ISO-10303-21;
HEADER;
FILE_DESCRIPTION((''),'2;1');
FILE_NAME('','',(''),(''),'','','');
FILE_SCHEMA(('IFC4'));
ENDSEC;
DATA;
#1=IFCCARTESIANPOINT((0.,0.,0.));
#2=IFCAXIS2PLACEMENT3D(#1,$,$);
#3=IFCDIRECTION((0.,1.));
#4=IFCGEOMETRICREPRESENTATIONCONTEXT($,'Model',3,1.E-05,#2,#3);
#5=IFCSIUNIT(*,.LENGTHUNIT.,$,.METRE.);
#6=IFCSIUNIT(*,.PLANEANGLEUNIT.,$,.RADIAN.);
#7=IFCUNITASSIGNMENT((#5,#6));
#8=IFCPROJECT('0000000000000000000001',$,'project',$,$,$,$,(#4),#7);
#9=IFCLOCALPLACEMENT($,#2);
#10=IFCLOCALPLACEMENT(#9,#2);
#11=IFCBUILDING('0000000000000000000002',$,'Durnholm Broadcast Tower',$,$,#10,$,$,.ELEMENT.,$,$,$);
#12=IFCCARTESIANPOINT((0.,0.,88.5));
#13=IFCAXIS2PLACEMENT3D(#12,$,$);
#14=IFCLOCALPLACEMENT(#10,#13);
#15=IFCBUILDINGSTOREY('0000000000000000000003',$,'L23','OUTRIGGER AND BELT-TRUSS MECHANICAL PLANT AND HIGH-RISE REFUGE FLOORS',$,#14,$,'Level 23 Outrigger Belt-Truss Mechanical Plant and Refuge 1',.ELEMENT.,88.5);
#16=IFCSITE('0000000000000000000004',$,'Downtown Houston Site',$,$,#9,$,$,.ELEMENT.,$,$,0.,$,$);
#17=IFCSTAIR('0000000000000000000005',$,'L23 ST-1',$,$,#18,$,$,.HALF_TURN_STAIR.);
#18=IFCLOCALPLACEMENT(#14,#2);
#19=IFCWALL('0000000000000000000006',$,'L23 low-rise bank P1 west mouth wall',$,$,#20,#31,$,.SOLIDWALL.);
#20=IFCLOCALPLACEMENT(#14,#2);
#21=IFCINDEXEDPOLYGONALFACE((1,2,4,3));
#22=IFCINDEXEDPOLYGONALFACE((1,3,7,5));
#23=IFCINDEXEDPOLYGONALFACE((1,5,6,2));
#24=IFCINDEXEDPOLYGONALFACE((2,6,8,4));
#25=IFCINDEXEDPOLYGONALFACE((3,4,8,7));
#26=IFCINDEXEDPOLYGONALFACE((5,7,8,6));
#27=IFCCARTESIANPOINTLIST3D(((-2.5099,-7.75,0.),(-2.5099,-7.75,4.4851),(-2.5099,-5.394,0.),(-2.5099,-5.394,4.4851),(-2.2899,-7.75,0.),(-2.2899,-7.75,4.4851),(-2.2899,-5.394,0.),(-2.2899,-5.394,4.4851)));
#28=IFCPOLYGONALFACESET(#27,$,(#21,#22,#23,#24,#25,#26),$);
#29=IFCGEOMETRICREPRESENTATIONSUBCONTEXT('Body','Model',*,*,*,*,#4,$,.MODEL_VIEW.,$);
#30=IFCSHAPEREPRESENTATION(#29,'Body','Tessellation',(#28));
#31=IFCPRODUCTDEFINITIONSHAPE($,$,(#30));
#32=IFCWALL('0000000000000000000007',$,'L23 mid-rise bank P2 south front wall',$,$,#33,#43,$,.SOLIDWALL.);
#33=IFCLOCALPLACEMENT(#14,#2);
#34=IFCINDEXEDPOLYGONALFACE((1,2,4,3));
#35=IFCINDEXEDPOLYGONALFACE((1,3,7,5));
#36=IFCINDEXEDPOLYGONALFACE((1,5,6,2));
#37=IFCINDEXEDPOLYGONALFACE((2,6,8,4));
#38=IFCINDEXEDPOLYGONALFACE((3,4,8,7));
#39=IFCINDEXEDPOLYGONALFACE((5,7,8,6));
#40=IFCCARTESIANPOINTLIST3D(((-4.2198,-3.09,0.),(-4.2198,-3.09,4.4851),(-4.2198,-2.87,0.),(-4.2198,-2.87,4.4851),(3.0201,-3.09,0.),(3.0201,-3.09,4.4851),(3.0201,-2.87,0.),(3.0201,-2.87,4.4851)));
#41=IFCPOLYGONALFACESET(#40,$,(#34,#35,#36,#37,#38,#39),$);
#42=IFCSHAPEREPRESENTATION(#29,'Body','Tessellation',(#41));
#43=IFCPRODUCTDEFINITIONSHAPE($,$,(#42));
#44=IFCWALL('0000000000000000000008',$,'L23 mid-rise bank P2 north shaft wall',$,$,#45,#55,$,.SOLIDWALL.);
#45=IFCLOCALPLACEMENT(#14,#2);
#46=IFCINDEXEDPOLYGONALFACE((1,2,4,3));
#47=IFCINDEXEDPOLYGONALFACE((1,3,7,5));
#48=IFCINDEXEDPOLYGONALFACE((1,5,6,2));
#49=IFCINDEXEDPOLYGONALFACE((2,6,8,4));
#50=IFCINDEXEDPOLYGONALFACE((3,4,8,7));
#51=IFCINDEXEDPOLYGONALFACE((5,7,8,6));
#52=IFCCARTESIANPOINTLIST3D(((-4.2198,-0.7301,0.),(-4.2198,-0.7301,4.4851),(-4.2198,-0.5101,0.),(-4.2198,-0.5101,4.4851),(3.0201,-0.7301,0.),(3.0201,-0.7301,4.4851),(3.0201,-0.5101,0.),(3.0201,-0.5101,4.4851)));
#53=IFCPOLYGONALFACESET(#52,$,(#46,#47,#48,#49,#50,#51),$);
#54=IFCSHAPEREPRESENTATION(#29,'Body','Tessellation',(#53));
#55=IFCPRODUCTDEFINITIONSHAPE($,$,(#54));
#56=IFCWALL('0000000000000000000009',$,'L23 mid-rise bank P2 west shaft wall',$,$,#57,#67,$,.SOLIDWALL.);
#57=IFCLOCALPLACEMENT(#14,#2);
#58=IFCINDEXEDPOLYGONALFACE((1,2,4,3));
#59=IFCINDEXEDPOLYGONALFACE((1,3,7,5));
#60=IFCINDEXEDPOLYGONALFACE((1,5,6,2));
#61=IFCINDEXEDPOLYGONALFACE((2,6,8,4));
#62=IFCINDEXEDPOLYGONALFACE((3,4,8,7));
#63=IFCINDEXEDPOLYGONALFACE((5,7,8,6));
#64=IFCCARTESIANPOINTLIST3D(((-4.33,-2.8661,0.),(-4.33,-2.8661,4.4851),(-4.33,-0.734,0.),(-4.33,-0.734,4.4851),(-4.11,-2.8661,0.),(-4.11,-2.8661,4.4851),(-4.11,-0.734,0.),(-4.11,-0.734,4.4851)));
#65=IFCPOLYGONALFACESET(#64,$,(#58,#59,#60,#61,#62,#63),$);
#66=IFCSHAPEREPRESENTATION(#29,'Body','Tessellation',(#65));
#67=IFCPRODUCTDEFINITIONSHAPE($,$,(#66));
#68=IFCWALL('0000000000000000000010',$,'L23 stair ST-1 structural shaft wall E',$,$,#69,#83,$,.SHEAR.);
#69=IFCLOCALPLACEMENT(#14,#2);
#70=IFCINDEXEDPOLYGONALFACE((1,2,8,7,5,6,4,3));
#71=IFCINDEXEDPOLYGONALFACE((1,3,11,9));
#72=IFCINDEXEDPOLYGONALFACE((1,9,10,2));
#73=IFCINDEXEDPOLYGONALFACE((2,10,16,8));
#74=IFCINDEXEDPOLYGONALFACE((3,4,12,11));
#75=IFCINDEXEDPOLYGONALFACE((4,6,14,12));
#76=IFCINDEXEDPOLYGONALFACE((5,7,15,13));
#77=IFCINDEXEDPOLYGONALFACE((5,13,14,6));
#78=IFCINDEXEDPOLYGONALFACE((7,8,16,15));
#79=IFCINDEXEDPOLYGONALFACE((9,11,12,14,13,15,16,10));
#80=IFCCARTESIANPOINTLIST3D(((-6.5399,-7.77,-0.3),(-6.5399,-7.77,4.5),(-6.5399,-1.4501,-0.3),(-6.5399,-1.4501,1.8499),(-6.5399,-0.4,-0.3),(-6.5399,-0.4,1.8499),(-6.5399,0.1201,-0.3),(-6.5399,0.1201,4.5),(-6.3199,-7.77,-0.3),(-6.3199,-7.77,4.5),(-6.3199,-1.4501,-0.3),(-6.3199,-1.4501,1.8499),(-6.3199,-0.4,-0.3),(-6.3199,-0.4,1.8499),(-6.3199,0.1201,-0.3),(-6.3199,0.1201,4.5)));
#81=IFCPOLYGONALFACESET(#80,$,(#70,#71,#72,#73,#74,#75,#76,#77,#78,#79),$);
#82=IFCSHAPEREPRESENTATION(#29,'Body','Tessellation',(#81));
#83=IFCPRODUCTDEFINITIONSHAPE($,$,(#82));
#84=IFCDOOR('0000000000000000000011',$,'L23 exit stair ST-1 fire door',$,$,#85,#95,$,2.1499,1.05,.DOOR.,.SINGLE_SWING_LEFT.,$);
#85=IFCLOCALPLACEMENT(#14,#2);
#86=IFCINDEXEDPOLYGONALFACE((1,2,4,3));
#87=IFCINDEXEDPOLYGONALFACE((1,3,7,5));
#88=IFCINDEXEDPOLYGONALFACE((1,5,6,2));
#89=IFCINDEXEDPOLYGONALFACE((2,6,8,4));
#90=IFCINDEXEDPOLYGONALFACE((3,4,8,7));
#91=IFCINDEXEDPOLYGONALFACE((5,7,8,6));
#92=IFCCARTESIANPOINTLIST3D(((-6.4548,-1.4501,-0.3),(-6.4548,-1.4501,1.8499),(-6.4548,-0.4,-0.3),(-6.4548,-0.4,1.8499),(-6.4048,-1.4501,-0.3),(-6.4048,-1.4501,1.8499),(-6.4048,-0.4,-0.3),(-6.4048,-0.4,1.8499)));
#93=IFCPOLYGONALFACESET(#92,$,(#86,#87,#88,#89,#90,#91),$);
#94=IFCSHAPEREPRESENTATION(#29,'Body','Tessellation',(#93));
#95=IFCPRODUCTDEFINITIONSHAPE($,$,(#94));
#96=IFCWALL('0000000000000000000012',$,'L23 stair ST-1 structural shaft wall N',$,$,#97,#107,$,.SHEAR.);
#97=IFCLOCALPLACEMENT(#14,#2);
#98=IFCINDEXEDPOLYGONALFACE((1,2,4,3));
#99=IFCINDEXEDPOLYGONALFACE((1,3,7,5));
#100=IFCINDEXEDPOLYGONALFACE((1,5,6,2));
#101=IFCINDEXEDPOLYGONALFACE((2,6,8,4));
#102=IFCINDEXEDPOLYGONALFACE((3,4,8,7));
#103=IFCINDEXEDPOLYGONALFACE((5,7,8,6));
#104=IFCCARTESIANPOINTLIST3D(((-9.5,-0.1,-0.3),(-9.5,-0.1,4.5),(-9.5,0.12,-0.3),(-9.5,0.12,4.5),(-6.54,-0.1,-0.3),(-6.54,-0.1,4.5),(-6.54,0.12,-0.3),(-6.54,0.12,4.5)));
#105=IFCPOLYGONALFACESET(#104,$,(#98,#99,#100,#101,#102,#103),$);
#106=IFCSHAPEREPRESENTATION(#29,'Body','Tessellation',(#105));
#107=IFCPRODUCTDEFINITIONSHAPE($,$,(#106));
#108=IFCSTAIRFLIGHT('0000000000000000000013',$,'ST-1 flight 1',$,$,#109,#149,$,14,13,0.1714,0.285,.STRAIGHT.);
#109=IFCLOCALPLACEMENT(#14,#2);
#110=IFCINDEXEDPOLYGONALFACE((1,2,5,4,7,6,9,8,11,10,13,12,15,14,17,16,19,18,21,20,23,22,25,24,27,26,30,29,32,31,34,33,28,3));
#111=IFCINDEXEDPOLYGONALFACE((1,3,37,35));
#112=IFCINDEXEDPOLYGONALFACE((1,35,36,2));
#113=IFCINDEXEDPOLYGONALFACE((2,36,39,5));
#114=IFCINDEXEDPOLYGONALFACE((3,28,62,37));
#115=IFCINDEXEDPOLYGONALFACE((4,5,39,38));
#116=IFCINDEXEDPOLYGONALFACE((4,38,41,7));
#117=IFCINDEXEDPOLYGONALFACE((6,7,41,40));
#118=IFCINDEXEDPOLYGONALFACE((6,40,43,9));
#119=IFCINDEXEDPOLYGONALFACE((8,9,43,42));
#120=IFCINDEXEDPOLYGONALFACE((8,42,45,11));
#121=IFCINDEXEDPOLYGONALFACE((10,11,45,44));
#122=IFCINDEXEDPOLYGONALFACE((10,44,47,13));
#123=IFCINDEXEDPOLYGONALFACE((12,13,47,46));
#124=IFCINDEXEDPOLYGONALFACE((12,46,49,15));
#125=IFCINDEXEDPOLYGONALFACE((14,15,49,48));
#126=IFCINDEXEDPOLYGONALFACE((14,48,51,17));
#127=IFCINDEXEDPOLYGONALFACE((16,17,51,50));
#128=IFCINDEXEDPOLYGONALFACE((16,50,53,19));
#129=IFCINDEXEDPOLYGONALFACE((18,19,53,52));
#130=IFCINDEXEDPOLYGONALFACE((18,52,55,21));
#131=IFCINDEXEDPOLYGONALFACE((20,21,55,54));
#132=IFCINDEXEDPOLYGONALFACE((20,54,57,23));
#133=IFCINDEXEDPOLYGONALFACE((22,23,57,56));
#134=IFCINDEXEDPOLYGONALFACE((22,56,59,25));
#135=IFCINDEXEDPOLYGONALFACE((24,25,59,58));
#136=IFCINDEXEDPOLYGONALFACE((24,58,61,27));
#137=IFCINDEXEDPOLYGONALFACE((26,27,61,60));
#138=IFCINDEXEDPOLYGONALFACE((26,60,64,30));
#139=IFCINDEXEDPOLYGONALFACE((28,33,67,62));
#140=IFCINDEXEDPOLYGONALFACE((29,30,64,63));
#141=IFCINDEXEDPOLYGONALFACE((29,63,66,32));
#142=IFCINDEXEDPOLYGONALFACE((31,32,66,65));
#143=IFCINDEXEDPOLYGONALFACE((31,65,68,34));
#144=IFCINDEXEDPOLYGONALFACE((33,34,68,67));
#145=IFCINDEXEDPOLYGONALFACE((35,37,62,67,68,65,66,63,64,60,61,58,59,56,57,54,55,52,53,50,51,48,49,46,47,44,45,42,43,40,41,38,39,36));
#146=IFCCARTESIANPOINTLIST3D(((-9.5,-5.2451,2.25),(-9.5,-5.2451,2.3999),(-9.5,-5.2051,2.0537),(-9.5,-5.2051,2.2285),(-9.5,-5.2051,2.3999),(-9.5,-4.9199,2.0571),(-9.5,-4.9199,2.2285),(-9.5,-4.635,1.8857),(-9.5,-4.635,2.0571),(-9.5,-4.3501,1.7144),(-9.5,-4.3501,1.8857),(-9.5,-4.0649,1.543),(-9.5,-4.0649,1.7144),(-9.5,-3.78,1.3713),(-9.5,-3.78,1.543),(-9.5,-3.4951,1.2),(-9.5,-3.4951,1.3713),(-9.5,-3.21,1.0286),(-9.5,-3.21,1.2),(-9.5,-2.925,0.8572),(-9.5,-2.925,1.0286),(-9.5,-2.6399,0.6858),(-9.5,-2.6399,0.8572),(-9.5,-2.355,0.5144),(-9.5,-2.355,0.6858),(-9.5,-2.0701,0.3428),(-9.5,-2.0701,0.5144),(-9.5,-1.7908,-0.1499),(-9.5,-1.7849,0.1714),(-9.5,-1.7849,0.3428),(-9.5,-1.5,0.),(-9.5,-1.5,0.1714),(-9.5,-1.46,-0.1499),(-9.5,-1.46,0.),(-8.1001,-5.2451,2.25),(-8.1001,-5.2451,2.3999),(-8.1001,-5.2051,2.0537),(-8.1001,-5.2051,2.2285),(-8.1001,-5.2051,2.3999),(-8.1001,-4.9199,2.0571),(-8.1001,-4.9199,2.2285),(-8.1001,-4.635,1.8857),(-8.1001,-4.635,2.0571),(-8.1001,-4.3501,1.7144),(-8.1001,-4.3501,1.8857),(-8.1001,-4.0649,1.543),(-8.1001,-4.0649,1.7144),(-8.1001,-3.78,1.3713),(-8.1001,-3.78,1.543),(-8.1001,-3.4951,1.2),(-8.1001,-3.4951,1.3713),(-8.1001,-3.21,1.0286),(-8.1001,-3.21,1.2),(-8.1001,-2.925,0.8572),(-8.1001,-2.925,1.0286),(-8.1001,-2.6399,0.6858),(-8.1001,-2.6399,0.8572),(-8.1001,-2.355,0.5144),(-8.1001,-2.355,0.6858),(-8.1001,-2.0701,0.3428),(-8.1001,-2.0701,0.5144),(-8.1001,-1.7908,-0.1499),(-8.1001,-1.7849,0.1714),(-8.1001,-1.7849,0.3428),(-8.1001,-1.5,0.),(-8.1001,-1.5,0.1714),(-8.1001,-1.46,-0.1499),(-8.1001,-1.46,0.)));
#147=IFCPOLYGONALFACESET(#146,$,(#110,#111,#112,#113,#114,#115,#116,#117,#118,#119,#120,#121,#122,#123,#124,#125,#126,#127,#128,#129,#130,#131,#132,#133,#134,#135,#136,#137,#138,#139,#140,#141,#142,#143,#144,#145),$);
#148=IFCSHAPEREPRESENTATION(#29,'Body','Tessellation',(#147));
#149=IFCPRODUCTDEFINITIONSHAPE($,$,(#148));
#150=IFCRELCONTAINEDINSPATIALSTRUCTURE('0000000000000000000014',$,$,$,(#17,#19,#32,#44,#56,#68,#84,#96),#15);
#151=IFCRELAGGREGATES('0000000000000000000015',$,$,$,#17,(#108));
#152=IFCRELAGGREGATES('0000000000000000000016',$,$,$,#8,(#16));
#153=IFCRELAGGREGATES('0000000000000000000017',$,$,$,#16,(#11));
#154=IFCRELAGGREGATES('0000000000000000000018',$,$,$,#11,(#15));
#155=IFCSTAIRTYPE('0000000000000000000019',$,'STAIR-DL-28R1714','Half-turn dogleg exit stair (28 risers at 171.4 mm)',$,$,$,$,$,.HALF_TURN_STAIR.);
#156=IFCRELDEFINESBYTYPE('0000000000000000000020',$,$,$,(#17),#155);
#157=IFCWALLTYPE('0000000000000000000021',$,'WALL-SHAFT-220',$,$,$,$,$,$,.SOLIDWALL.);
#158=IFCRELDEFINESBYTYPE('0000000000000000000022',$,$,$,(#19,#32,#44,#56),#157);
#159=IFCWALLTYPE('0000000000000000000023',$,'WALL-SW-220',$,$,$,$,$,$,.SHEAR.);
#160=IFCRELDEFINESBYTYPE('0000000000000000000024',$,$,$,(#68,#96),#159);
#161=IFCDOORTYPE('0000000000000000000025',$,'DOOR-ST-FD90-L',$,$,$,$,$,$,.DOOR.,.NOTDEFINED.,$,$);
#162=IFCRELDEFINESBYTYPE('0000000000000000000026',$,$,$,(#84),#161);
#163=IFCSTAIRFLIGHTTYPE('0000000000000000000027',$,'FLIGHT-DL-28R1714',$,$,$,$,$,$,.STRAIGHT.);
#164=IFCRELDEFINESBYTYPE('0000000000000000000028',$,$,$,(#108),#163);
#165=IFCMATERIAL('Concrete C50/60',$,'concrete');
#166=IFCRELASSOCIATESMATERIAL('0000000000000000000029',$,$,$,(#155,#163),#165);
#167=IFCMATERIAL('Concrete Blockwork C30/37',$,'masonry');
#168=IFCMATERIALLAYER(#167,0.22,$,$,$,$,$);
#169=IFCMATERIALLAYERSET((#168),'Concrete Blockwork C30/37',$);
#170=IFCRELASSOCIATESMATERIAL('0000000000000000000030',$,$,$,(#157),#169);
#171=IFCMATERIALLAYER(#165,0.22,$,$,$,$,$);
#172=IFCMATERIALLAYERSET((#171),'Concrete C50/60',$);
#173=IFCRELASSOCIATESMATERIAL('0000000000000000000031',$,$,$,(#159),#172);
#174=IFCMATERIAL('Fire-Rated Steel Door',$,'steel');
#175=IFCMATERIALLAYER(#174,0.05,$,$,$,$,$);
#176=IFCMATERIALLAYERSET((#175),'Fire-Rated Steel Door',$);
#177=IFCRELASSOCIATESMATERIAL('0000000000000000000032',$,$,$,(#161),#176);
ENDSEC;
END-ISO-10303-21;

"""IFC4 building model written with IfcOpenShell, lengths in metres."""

from ifc_helpers import new_model, si_unit, direction, frame, frame_2d, origin, place, context, subcontext, project, spatial, polyline, rectangle, outline, extrude, source, transform, mapped, material, layer, layer_set, type_object, type_shapes, element, fill, aggregate, save


model = new_model("IFC4")

# Units and contexts
model_context = context("Model", 3, precision=1e-05, world=origin(), true_north=direction((0.0, 1.0)))
body_context = subcontext(model_context, "Body", "Model", "MODEL_VIEW")
ifc_project = project(units=[si_unit("LENGTHUNIT", "METRE"), si_unit("PLANEANGLEUNIT", "RADIAN")], contexts=[model_context])

# Site, building, storey
site_placement = place(None, origin())
site = spatial("IfcSite", under=ifc_project, at=site_placement, Name="Downtown Houston Site", CompositionType="ELEMENT", RefElevation=0.0)
building_placement = place(site_placement, origin())
building = spatial("IfcBuilding", under=site, at=building_placement, Name="Durnholm Broadcast Tower", CompositionType="ELEMENT")
storey_placement = place(building_placement, frame((0.0, 0.0, 88.5)))
storey = spatial("IfcBuildingStorey", under=building, at=storey_placement, Name="L23", Description="OUTRIGGER AND BELT-TRUSS MECHANICAL PLANT AND HIGH-RISE REFUGE FLOORS", LongName="Level 23 Outrigger Belt-Truss Mechanical Plant and Refuge 1", CompositionType="ELEMENT", Elevation=88.5)

# Shared definitions
ifc_material_1 = material(Name="Concrete C50/60", Category="concrete")

# Stair
stair_type = type_object("IfcStairType", Name="STAIR-DL-28R1714", Description="Half-turn dogleg exit stair (28 risers at 171.4 mm)", PredefinedType="HALF_TURN_STAIR", material=ifc_material_1)
stair_1_placement = place(storey_placement, origin())
stair_1 = element("IfcStair", 1, at=stair_1_placement, inside=storey, type_object=stair_type, Name="L23 ST-1", PredefinedType="HALF_TURN_STAIR")

# Walls
ifc_material_2 = material(Name="Concrete Blockwork C30/37", Category="masonry")
ifc_layer_1 = layer(ifc_material_2, 0.22)
ifc_layer_set_1 = layer_set([ifc_layer_1], Name="Concrete Blockwork C30/37")
wall_type_1 = type_object("IfcWallType", Name="WALL-SHAFT-220", PredefinedType="SOLIDWALL", material=ifc_layer_set_1)
wall_1_placement = place(storey_placement, frame((-2.3999, -7.75, 0.0), z_axis=(0.0, 0.0, 1.0), x_axis=(0.0, 1.0, 0.0)))
element("IfcWall", 2, at=wall_1_placement, inside=storey, type_object=wall_type_1, Name="L23 low-rise bank P1 west mouth wall", PredefinedType="SOLIDWALL", context=body_context, shape_type="SweptSolid", body=[
    extrude(rectangle(XDim=2.356, YDim=0.22, at=frame_2d((1.178, 0.0))), origin(), (0.0, 0.0, 1.0), 4.4851),
])
for number, where, z_axis, x_axis, name in (
    (3, (-4.22, -2.98, 0.0), (0.0, 0.0, 1.0), (1.0, 0.0, 0.0), "L23 mid-rise bank P2 south front wall"),
    (4, (-4.22, -0.6201, 0.0), (0.0, 0.0, 1.0), (1.0, 0.0, 0.0), "L23 mid-rise bank P2 north shaft wall"),
):
    element("IfcWall", number, at=place(storey_placement, frame(where, z_axis=z_axis, x_axis=x_axis)), inside=storey, type_object=wall_type_1, Name=name, PredefinedType="SOLIDWALL", context=body_context, shape_type="SweptSolid", body=[
        extrude(rectangle(XDim=7.24, YDim=0.22, at=frame_2d((3.6201, 0.0))), origin(), (0.0, 0.0, 1.0), 4.4851),
    ])
wall_2_placement = place(storey_placement, frame((-4.22, -2.866, 0.0), z_axis=(0.0, 0.0, 1.0), x_axis=(0.0, 1.0, 0.0)))
element("IfcWall", 5, at=wall_2_placement, inside=storey, type_object=wall_type_1, Name="L23 mid-rise bank P2 west shaft wall", PredefinedType="SOLIDWALL", context=body_context, shape_type="SweptSolid", body=[
    extrude(rectangle(XDim=2.1321, YDim=0.22, at=frame_2d((1.0659, 0.0))), origin(), (0.0, 0.0, 1.0), 4.4851),
])

# Wall, opening, door
ifc_layer_2 = layer(ifc_material_1, 0.22)
ifc_layer_set_2 = layer_set([ifc_layer_2], Name="Concrete C50/60")
wall_type_2 = type_object("IfcWallType", Name="WALL-SW-220", PredefinedType="SHEAR", material=ifc_layer_set_2)
wall_3_placement = place(storey_placement, frame((-6.4299, -7.77, -0.3), z_axis=(0.0, 0.0, 1.0), x_axis=(0.0, 1.0, 0.0)))
wall_3 = element("IfcWall", 6, at=wall_3_placement, inside=storey, type_object=wall_type_2, Name="L23 stair ST-1 structural shaft wall E", PredefinedType="SHEAR", context=body_context, shape_type="SweptSolid", body=[
    extrude(rectangle(XDim=7.8901, YDim=0.22, at=frame_2d((3.9451, 0.0))), origin(), (0.0, 0.0, 1.0), 4.8),
])
opening_1_placement = place(wall_3_placement, frame((6.3201, 0.0, 0.0)))
opening_1 = element("IfcOpeningElement", 7, at=opening_1_placement, cuts=wall_3, PredefinedType="OPENING", context=body_context, shape_type="SweptSolid", body=[
    extrude(rectangle(XDim=1.05, YDim=2.1499, at=frame_2d((0.5249, 1.075))), frame((0.0, 0.1201, 0.0), z_axis=(0.0, -1.0, 0.0), x_axis=(1.0, 0.0, 0.0)), (0.0, 0.0, 1.0), 0.24),
])
ifc_material_3 = material(Name="Fire-Rated Steel Door", Category="steel")
ifc_layer_3 = layer(ifc_material_3, 0.05)
ifc_layer_set_3 = layer_set([ifc_layer_3], Name="Fire-Rated Steel Door")
door_type_1 = type_object("IfcDoorType", Name="DOOR-ST-FD90-L", OperationType="NOTDEFINED", PredefinedType="DOOR", material=ifc_layer_set_3)
shared_shape_1 = source(origin(), body_context, "Body", "SweptSolid", [
    extrude(rectangle(XDim=1.05, YDim=2.1499, at=frame_2d((0.5249, 1.075))), frame((0.0, 0.0249, 0.0), z_axis=(0.0, -1.0, 0.0), x_axis=(1.0, 0.0, 0.0)), (0.0, 0.0, 1.0), 0.05),
])
type_shapes(door_type_1, [shared_shape_1])
door_1_placement = place(opening_1_placement, origin())
door_1 = element("IfcDoor", 8, at=door_1_placement, inside=storey, type_object=door_type_1, Name="L23 exit stair ST-1 fire door", OperationType="SINGLE_SWING_LEFT", OverallHeight=2.1499, OverallWidth=1.05, PredefinedType="DOOR", context=body_context, shape_type="MappedRepresentation", body=[
    mapped(shared_shape_1, transform((0.0, 0.0, 0.0), x_axis=(1.0, 0.0, 0.0), y_axis=(0.0, 1.0, 0.0), z_axis=(0.0, 0.0, 1.0), scale=1.0)),
])
fill(opening_1, door_1)

# Wall
wall_4_placement = place(storey_placement, frame((-6.54, 0.01, -0.3), z_axis=(0.0, 0.0, 1.0), x_axis=(-1.0, 0.0, 0.0)))
element("IfcWall", 9, at=wall_4_placement, inside=storey, type_object=wall_type_2, Name="L23 stair ST-1 structural shaft wall N", PredefinedType="SHEAR", context=body_context, shape_type="SweptSolid", body=[
    extrude(rectangle(XDim=2.96, YDim=0.22, at=frame_2d((1.48, 0.0))), origin(), (0.0, 0.0, 1.0), 4.8),
])

# Stair flight
stair_flight_type = type_object("IfcStairFlightType", Name="FLIGHT-DL-28R1714", PredefinedType="STRAIGHT", material=ifc_material_1)
stair_flight_1_placement = place(storey_placement, frame((-8.8, -1.5, 0.0), z_axis=(0.0, 0.0, 1.0), x_axis=(0.0, -1.0, 0.0)))
stair_flight_1 = element("IfcStairFlight", 10, at=stair_flight_1_placement, type_object=stair_flight_type, Name="ST-1 flight 1", NumberOfRisers=14, NumberOfTreads=13, PredefinedType="STRAIGHT", RiserHeight=0.1714, TreadLength=0.285, context=body_context, shape_type="SweptSolid", body=[
    extrude(outline(polyline([(-0.04, -0.1499), (-0.04, 0.0), (0.0, 0.0), (0.0, 0.1714), (0.2849, 0.1714), (0.2849, 0.3428), (0.5701, 0.3428), (0.5701, 0.5144), (0.855, 0.5144), (0.855, 0.6858), (1.1399, 0.6858), (1.1399, 0.8572), (1.425, 0.8572), (1.425, 1.0286), (1.71, 1.0286), (1.71, 1.2), (1.9951, 1.2), (1.9951, 1.3713), (2.28, 1.3713), (2.28, 1.543), (2.5649, 1.543), (2.5649, 1.7144), (2.8501, 1.7144), (2.8501, 1.8857), (3.135, 1.8857), (3.135, 2.0571), (3.4199, 2.0571), (3.4199, 2.2285), (3.7051, 2.2285), (3.7051, 2.3999), (3.7451, 2.3999), (3.7451, 2.25), (3.7051, 2.0537), (0.2908, -0.1499), (-0.04, -0.1499)])), frame((0.0, 0.7, 0.0), z_axis=(0.0, -1.0, 0.0), x_axis=(1.0, 0.0, 0.0)), (0.0, 0.0, 1.0), 1.3999),
])
aggregate(stair_1, [stair_flight_1])

save(model, "model.ifc")
